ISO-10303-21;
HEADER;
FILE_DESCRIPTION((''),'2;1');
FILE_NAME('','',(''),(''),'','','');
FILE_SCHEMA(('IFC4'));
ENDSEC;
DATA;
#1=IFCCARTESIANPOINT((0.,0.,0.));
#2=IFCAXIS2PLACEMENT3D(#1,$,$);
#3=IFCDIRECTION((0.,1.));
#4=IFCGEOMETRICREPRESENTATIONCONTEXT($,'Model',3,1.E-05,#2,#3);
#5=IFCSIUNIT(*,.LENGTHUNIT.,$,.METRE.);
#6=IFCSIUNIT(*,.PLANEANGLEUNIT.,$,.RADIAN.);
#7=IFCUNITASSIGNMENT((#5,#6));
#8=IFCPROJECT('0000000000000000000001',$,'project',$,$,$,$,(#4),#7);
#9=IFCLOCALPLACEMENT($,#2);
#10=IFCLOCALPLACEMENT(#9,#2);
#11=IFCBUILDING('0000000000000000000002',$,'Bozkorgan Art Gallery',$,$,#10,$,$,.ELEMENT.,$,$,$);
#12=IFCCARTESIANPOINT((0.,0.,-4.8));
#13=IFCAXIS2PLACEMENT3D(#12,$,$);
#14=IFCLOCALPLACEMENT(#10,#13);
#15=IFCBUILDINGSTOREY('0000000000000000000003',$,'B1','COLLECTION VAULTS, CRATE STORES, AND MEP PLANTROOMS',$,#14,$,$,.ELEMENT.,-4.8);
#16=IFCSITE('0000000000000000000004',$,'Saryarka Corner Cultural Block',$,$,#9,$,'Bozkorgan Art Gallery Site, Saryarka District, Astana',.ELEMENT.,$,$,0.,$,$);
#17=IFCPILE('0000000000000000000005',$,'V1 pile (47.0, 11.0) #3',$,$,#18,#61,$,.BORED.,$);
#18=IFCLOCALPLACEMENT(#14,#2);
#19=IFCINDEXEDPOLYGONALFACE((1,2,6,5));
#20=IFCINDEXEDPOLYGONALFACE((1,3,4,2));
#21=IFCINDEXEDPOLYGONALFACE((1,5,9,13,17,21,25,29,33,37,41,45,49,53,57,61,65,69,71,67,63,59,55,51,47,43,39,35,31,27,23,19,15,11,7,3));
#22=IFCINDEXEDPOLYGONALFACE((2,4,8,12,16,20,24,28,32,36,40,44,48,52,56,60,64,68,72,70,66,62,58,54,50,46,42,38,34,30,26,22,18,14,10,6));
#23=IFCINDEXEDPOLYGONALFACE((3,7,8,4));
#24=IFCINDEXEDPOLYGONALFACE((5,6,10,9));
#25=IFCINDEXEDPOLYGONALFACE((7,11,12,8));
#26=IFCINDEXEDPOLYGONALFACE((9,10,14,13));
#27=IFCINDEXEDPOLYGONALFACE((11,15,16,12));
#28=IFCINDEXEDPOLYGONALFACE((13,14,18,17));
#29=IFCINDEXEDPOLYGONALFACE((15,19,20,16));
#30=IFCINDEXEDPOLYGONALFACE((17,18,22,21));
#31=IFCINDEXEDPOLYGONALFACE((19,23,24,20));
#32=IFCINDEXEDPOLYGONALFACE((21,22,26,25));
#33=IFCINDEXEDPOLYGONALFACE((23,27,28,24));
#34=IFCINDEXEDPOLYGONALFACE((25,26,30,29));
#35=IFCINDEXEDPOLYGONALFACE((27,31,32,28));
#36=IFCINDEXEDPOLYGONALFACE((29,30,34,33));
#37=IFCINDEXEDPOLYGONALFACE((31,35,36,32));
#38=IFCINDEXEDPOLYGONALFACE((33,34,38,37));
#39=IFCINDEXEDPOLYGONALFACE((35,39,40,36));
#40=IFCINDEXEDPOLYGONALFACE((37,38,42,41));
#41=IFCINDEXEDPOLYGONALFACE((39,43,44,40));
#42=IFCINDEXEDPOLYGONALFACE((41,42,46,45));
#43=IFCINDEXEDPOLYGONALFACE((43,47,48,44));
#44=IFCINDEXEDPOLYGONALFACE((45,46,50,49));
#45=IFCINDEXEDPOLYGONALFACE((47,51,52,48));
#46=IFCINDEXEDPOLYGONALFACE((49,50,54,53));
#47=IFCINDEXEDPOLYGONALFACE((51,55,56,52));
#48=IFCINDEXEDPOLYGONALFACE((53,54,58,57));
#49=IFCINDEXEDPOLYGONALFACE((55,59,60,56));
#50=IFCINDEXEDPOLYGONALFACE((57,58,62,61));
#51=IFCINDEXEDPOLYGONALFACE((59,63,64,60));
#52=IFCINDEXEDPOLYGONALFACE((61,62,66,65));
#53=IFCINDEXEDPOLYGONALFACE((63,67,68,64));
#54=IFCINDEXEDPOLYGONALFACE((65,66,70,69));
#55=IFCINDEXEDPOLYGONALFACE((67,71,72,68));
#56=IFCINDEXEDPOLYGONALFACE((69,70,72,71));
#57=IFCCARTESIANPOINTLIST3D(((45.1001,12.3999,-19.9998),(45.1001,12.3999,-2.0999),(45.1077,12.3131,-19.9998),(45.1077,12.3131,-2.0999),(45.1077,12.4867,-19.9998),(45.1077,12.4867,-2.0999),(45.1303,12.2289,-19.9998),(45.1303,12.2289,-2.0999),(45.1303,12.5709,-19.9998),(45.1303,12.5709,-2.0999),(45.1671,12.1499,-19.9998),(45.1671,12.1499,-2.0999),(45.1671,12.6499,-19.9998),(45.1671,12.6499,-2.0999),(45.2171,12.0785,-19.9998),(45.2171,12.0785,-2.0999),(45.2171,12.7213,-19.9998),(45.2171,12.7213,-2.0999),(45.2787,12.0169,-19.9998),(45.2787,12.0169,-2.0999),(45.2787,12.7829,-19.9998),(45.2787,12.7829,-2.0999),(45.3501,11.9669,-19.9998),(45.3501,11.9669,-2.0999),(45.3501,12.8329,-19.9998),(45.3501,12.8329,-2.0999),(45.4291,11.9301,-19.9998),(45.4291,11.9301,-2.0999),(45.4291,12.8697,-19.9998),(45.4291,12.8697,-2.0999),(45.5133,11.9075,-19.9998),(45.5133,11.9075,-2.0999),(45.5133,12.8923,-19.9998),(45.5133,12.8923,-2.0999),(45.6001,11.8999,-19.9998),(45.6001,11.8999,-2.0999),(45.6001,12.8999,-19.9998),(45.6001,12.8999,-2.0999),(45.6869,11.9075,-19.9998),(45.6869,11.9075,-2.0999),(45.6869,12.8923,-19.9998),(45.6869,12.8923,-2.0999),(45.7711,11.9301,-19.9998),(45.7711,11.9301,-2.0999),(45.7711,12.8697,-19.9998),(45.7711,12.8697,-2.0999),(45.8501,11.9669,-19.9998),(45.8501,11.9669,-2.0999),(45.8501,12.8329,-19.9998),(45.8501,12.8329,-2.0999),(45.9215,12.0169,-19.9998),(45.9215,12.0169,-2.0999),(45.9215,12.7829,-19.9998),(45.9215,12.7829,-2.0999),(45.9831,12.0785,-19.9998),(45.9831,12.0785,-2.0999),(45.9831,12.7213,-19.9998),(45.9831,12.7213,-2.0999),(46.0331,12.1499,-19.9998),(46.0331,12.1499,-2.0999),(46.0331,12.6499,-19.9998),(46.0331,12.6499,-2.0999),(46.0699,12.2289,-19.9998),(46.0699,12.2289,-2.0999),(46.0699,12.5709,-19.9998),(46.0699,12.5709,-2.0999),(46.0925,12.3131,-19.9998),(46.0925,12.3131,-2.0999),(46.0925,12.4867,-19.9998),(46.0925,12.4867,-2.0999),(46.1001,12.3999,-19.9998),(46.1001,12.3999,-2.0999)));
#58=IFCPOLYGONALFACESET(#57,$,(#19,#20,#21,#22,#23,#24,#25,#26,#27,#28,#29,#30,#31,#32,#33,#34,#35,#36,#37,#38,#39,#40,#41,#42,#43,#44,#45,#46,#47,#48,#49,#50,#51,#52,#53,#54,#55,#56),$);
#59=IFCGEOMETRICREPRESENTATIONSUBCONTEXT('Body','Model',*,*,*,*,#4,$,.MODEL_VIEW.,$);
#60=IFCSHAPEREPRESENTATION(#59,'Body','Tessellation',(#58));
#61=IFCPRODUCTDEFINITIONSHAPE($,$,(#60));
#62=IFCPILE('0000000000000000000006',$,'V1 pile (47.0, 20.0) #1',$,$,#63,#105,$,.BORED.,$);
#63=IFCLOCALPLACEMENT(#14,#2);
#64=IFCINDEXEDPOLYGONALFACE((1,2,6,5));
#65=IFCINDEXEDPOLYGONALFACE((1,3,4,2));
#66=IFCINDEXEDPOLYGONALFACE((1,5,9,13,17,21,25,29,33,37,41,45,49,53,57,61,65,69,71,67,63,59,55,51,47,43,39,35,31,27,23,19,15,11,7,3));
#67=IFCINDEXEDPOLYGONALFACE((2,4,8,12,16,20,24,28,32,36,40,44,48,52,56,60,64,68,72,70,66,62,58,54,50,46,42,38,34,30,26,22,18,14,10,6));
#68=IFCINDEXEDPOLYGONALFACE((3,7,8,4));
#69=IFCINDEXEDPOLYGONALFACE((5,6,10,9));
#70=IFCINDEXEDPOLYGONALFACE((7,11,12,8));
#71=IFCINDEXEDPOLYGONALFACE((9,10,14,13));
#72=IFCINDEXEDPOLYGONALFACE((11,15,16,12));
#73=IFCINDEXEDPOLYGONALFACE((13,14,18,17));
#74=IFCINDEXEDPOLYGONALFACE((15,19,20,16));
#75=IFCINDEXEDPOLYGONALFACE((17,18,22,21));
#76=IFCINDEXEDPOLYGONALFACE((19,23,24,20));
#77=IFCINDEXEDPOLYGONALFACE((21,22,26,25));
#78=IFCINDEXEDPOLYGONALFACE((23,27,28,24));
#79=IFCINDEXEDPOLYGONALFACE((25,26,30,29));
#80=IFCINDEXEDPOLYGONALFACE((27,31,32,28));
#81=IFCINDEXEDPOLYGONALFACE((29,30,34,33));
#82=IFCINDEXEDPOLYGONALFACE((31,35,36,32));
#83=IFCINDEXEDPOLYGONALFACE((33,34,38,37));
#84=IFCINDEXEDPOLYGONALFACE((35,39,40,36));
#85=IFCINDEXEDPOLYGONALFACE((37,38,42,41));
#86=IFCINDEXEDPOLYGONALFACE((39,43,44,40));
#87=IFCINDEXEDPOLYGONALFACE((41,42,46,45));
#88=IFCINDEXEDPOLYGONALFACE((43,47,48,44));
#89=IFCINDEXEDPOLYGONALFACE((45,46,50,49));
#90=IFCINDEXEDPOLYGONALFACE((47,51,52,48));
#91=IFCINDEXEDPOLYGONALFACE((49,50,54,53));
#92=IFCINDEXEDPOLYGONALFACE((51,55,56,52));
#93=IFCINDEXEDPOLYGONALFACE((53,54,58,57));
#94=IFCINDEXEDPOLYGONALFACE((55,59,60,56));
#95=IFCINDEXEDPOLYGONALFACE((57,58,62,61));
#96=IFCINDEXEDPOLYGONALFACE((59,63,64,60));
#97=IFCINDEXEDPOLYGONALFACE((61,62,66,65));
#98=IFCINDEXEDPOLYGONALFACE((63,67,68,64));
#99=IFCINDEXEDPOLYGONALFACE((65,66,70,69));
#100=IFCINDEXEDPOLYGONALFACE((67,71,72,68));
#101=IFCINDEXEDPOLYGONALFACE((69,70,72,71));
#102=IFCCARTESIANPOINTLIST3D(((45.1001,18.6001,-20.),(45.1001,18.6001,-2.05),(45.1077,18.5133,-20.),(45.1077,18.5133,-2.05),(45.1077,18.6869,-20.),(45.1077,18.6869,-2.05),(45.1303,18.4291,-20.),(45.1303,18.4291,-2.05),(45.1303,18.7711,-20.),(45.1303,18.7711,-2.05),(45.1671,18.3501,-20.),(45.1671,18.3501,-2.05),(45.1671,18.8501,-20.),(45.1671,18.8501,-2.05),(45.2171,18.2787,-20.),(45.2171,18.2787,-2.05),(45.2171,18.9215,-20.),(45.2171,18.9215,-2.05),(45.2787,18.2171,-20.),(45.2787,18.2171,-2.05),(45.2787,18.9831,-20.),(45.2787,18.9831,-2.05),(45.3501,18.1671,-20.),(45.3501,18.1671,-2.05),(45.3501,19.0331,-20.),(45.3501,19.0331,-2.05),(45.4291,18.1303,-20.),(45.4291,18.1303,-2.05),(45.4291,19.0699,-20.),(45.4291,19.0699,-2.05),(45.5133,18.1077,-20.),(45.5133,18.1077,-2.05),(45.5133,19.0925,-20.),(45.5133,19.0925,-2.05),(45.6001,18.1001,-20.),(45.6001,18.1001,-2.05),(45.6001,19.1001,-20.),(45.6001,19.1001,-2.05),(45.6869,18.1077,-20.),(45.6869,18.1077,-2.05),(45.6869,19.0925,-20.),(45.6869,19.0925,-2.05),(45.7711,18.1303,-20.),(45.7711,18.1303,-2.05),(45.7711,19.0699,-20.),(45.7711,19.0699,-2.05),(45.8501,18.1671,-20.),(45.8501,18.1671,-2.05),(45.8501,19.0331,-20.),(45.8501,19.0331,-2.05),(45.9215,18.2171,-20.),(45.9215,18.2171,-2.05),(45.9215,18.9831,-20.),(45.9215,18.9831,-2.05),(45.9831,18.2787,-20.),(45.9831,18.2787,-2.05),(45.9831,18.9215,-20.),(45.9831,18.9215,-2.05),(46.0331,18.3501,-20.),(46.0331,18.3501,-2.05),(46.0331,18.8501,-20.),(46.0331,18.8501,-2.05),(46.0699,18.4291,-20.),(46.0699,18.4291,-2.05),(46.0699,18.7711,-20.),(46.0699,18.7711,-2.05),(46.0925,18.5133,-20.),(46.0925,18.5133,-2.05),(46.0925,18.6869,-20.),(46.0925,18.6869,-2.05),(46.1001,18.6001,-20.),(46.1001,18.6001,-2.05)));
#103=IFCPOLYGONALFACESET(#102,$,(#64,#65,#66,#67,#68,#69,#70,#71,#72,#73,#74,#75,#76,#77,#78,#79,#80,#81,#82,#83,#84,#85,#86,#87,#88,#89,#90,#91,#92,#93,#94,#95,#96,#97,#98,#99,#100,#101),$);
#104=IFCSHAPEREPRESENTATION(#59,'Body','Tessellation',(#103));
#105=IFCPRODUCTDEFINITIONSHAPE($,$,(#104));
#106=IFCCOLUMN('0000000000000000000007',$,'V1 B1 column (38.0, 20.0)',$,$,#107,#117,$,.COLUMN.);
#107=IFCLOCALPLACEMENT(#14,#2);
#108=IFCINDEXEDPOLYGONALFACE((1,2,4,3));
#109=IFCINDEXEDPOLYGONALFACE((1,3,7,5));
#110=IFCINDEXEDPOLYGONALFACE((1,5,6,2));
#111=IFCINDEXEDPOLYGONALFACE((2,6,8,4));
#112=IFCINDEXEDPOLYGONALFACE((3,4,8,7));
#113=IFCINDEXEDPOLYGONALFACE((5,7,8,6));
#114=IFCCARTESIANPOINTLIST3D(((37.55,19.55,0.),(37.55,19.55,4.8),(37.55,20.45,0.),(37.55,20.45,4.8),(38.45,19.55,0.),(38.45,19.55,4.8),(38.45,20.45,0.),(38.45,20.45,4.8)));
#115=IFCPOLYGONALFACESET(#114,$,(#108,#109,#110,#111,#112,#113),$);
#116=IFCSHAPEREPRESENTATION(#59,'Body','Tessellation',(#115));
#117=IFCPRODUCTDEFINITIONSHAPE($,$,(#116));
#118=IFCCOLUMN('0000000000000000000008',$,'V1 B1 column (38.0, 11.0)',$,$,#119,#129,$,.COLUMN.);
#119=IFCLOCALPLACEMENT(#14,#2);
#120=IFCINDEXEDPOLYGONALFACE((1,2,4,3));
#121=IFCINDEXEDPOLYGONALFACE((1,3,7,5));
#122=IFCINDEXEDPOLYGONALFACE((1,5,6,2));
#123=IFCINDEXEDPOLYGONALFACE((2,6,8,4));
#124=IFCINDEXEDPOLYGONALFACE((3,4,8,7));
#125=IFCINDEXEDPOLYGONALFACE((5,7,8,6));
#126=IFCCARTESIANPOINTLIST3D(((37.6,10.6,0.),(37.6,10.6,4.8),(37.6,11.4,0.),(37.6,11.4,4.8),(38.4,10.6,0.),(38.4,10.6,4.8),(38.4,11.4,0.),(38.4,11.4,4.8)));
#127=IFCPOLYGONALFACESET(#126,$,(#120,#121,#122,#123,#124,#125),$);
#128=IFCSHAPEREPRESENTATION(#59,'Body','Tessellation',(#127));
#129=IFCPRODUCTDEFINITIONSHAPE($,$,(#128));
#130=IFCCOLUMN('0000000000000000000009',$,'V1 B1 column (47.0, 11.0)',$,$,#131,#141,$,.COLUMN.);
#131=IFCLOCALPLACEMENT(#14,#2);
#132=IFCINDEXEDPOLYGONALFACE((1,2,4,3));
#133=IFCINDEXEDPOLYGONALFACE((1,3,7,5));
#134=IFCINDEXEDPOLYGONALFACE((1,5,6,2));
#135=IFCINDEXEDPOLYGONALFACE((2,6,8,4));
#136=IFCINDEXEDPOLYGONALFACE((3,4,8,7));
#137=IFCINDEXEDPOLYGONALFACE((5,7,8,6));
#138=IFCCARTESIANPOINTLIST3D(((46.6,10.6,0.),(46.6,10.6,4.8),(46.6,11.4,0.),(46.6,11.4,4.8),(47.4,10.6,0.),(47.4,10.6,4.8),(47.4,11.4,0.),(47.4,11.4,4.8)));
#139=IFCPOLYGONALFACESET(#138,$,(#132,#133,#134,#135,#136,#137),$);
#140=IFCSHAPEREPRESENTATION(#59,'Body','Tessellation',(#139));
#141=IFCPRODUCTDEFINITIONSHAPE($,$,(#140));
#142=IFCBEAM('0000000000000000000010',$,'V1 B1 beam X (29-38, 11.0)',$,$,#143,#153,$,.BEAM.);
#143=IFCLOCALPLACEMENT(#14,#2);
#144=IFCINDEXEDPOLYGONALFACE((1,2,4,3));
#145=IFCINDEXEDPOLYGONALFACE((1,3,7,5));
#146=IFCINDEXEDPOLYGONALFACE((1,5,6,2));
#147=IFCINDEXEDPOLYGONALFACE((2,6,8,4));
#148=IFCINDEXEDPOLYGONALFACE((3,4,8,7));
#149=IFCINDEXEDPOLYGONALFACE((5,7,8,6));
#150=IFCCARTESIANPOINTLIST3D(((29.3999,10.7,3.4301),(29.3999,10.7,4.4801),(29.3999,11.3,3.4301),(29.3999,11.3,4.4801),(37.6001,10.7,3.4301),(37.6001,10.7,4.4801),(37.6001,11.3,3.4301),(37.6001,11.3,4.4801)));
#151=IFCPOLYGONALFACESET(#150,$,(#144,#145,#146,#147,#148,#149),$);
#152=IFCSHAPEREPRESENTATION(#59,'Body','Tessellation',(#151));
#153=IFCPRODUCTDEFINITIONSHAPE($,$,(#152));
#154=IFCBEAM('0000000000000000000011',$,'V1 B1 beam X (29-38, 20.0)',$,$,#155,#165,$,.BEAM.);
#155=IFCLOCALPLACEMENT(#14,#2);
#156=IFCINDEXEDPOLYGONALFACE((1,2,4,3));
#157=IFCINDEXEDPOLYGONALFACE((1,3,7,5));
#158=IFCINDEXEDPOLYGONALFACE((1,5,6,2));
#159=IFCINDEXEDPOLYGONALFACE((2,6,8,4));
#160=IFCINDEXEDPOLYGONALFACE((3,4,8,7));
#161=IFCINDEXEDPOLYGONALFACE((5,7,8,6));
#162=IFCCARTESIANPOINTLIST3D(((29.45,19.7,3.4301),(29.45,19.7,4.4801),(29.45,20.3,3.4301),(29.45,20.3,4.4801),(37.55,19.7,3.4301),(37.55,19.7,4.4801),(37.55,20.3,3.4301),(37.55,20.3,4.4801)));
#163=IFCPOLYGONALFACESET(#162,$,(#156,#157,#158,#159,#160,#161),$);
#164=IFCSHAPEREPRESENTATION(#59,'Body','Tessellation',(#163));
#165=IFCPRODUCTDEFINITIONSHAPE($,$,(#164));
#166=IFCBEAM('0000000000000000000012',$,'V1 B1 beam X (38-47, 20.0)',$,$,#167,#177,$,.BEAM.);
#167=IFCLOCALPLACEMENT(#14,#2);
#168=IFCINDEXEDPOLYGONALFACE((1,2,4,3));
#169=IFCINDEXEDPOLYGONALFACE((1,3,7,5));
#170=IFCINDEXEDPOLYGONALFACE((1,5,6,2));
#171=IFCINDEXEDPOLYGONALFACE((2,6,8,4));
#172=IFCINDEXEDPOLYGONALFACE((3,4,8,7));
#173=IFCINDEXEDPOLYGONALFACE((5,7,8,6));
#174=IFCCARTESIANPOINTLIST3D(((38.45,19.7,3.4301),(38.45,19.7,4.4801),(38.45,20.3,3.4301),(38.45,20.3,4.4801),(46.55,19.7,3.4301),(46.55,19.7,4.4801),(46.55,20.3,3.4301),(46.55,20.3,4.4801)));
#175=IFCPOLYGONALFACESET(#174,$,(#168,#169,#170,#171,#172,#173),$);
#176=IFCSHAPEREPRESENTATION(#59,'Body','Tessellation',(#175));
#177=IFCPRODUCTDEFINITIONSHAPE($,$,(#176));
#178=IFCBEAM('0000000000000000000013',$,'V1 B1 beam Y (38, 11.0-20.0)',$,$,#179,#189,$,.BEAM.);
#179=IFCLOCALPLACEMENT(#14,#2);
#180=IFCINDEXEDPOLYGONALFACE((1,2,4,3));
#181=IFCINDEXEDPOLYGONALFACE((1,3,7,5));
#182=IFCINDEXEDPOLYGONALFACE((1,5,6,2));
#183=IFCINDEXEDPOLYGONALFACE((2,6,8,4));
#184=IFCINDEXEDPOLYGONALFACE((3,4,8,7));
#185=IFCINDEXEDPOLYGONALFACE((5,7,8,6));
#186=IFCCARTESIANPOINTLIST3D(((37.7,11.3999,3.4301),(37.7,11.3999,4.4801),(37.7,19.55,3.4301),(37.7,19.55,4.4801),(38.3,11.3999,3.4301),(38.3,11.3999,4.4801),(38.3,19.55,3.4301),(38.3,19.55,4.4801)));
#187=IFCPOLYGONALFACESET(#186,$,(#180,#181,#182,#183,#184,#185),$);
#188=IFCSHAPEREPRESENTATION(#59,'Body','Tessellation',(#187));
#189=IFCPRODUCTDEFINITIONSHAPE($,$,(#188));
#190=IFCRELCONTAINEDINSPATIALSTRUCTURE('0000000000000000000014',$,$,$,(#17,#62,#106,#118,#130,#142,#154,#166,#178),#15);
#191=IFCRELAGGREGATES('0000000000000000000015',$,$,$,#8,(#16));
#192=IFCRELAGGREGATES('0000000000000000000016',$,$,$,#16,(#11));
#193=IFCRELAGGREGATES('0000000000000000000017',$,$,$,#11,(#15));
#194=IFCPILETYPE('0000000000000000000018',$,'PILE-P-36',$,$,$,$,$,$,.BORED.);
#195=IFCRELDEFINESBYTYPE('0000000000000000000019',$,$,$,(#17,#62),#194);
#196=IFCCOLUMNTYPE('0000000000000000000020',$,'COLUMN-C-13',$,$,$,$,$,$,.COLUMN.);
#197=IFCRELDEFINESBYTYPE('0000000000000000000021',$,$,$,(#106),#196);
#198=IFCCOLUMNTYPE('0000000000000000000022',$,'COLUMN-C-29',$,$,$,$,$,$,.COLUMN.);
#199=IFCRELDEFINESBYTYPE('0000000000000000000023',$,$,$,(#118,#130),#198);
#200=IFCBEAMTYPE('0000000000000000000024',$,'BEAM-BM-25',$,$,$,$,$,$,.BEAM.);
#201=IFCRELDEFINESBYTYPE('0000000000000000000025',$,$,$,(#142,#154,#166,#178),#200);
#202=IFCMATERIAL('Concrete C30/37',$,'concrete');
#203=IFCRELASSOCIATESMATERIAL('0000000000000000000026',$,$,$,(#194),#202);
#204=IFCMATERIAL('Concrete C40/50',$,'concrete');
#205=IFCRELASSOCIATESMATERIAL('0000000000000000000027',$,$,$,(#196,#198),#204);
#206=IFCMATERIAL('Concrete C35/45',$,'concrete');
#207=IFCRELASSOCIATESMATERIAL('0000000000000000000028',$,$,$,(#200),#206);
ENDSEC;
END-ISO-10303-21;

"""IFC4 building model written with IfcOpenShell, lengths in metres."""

from ifc_helpers import new_model, si_unit, direction, frame, origin, origin_2d, place, context, subcontext, project, spatial, rectangle, circle, extrude, material, material_profile, profile_set, type_object, element, save


model = new_model("IFC4")

# Units and contexts
model_context = context("Model", 3, precision=1e-05, world=origin(), true_north=direction((0.0, 1.0)))
body_context = subcontext(model_context, "Body", "Model", "MODEL_VIEW")
ifc_project = project(units=[si_unit("LENGTHUNIT", "METRE"), si_unit("PLANEANGLEUNIT", "RADIAN")], contexts=[model_context])

# Site, building, storey
site_placement = place(None, origin())
site = spatial("IfcSite", under=ifc_project, at=site_placement, Name="Saryarka Corner Cultural Block", LongName="Bozkorgan Art Gallery Site, Saryarka District, Astana", CompositionType="ELEMENT", RefElevation=0.0)
building_placement = place(site_placement, origin())
building = spatial("IfcBuilding", under=site, at=building_placement, Name="Bozkorgan Art Gallery", CompositionType="ELEMENT")
storey_placement = place(building_placement, frame((0.0, 0.0, -4.8)))
storey = spatial("IfcBuildingStorey", under=building, at=storey_placement, Name="B1", Description="COLLECTION VAULTS, CRATE STORES, AND MEP PLANTROOMS", CompositionType="ELEMENT", Elevation=-4.8)

# Shared definitions
ifc_material_1 = material(Name="Concrete C30/37", Category="concrete")

# Piles
ifc_material_profile_1 = material_profile(ifc_material_1, circle(Radius=0.5, at=origin_2d()), Name="PILE D1000")
ifc_profile_set_1 = profile_set([ifc_material_profile_1], Name="Concrete C30/37")
pile_type = type_object("IfcPileType", Name="PILE-P-36", PredefinedType="BORED", material=ifc_profile_set_1)
pile_1_placement = place(storey_placement, frame((45.6001, 12.3999, -2.0999), z_axis=(0.0, 0.0, -1.0), x_axis=(1.0, 0.0, 0.0)))
element("IfcPile", 1, at=pile_1_placement, inside=storey, type_object=pile_type, Name="V1 pile (47.0, 11.0) #3", PredefinedType="BORED", context=body_context, shape_type="SweptSolid", body=[
    extrude(circle(Radius=0.5, at=origin_2d()), origin(), (0.0, 0.0, 1.0), 17.8999),
])
pile_2_placement = place(storey_placement, frame((45.6001, 18.6001, -2.05), z_axis=(0.0, 0.0, -1.0), x_axis=(1.0, 0.0, 0.0)))
element("IfcPile", 2, at=pile_2_placement, inside=storey, type_object=pile_type, Name="V1 pile (47.0, 20.0) #1", PredefinedType="BORED", context=body_context, shape_type="SweptSolid", body=[
    extrude(circle(Radius=0.5, at=origin_2d()), origin(), (0.0, 0.0, 1.0), 17.95),
])

# Columns
ifc_material_2 = material(Name="Concrete C40/50", Category="concrete")
ifc_material_profile_2 = material_profile(ifc_material_2, rectangle(XDim=0.8999, YDim=0.8999, at=origin_2d()), Name="RC 900x900")
ifc_profile_set_2 = profile_set([ifc_material_profile_2], Name="Concrete C40/50")
column_type_1 = type_object("IfcColumnType", Name="COLUMN-C-13", PredefinedType="COLUMN", material=ifc_profile_set_2)
column_placement = place(storey_placement, frame((38.0, 20.0, 0.0), z_axis=(0.0, 0.0, 1.0), x_axis=(1.0, 0.0, 0.0)))
element("IfcColumn", 3, at=column_placement, inside=storey, type_object=column_type_1, Name="V1 B1 column (38.0, 20.0)", PredefinedType="COLUMN", context=body_context, shape_type="SweptSolid", body=[
    extrude(rectangle(XDim=0.8999, YDim=0.8999, at=origin_2d()), origin(), (0.0, 0.0, 1.0), 4.8),
])
ifc_material_profile_3 = material_profile(ifc_material_2, rectangle(XDim=0.8, YDim=0.8, at=origin_2d()), Name="RC 800x800")
ifc_profile_set_3 = profile_set([ifc_material_profile_3], Name="Concrete C40/50")
column_type_2 = type_object("IfcColumnType", Name="COLUMN-C-29", PredefinedType="COLUMN", material=ifc_profile_set_3)
for number, where, z_axis, x_axis, name in (
    (4, (38.0, 11.0, 0.0), (0.0, 0.0, 1.0), (1.0, 0.0, 0.0), "V1 B1 column (38.0, 11.0)"),
    (5, (47.0, 11.0, 0.0), (0.0, 0.0, 1.0), (1.0, 0.0, 0.0), "V1 B1 column (47.0, 11.0)"),
):
    element("IfcColumn", number, at=place(storey_placement, frame(where, z_axis=z_axis, x_axis=x_axis)), inside=storey, type_object=column_type_2, Name=name, PredefinedType="COLUMN", context=body_context, shape_type="SweptSolid", body=[
        extrude(rectangle(XDim=0.8, YDim=0.8, at=origin_2d()), origin(), (0.0, 0.0, 1.0), 4.8),
    ])

# Beams
ifc_material_3 = material(Name="Concrete C35/45", Category="concrete")
ifc_material_profile_4 = material_profile(ifc_material_3, rectangle(XDim=0.6001, YDim=1.05, at=origin_2d()), Name="RC 600x1050")
ifc_profile_set_4 = profile_set([ifc_material_profile_4], Name="Concrete C35/45")
beam_type_1 = type_object("IfcBeamType", Name="BEAM-BM-25", PredefinedType="BEAM", material=ifc_profile_set_4)
beam_1_placement = place(storey_placement, frame((29.3999, 11.0, 3.9551), z_axis=(1.0, 0.0, 0.0), x_axis=(0.0, 1.0, 0.0)))
element("IfcBeam", 6, at=beam_1_placement, inside=storey, type_object=beam_type_1, Name="V1 B1 beam X (29-38, 11.0)", PredefinedType="BEAM", context=body_context, shape_type="SweptSolid", body=[
    extrude(rectangle(XDim=0.6001, YDim=1.05, at=origin_2d()), origin(), (0.0, 0.0, 1.0), 8.2002),
])
for number, where, z_axis, x_axis, name in (
    (7, (29.45, 20.0, 3.9551), (1.0, 0.0, 0.0), (0.0, 1.0, 0.0), "V1 B1 beam X (29-38, 20.0)"),
    (8, (38.45, 20.0, 3.9551), (1.0, 0.0, 0.0), (0.0, 1.0, 0.0), "V1 B1 beam X (38-47, 20.0)"),
):
    element("IfcBeam", number, at=place(storey_placement, frame(where, z_axis=z_axis, x_axis=x_axis)), inside=storey, type_object=beam_type_1, Name=name, PredefinedType="BEAM", context=body_context, shape_type="SweptSolid", body=[
        extrude(rectangle(XDim=0.6001, YDim=1.05, at=origin_2d()), origin(), (0.0, 0.0, 1.0), 8.1001),
    ])
beam_2_placement = place(storey_placement, frame((38.0, 11.3999, 3.9551), z_axis=(0.0, 1.0, 0.0), x_axis=(-1.0, 0.0, 0.0)))
element("IfcBeam", 9, at=beam_2_placement, inside=storey, type_object=beam_type_1, Name="V1 B1 beam Y (38, 11.0-20.0)", PredefinedType="BEAM", context=body_context, shape_type="SweptSolid", body=[
    extrude(rectangle(XDim=0.6001, YDim=1.05, at=origin_2d()), origin(), (0.0, 0.0, 1.0), 8.1501),
])

save(model, "model.ifc")
